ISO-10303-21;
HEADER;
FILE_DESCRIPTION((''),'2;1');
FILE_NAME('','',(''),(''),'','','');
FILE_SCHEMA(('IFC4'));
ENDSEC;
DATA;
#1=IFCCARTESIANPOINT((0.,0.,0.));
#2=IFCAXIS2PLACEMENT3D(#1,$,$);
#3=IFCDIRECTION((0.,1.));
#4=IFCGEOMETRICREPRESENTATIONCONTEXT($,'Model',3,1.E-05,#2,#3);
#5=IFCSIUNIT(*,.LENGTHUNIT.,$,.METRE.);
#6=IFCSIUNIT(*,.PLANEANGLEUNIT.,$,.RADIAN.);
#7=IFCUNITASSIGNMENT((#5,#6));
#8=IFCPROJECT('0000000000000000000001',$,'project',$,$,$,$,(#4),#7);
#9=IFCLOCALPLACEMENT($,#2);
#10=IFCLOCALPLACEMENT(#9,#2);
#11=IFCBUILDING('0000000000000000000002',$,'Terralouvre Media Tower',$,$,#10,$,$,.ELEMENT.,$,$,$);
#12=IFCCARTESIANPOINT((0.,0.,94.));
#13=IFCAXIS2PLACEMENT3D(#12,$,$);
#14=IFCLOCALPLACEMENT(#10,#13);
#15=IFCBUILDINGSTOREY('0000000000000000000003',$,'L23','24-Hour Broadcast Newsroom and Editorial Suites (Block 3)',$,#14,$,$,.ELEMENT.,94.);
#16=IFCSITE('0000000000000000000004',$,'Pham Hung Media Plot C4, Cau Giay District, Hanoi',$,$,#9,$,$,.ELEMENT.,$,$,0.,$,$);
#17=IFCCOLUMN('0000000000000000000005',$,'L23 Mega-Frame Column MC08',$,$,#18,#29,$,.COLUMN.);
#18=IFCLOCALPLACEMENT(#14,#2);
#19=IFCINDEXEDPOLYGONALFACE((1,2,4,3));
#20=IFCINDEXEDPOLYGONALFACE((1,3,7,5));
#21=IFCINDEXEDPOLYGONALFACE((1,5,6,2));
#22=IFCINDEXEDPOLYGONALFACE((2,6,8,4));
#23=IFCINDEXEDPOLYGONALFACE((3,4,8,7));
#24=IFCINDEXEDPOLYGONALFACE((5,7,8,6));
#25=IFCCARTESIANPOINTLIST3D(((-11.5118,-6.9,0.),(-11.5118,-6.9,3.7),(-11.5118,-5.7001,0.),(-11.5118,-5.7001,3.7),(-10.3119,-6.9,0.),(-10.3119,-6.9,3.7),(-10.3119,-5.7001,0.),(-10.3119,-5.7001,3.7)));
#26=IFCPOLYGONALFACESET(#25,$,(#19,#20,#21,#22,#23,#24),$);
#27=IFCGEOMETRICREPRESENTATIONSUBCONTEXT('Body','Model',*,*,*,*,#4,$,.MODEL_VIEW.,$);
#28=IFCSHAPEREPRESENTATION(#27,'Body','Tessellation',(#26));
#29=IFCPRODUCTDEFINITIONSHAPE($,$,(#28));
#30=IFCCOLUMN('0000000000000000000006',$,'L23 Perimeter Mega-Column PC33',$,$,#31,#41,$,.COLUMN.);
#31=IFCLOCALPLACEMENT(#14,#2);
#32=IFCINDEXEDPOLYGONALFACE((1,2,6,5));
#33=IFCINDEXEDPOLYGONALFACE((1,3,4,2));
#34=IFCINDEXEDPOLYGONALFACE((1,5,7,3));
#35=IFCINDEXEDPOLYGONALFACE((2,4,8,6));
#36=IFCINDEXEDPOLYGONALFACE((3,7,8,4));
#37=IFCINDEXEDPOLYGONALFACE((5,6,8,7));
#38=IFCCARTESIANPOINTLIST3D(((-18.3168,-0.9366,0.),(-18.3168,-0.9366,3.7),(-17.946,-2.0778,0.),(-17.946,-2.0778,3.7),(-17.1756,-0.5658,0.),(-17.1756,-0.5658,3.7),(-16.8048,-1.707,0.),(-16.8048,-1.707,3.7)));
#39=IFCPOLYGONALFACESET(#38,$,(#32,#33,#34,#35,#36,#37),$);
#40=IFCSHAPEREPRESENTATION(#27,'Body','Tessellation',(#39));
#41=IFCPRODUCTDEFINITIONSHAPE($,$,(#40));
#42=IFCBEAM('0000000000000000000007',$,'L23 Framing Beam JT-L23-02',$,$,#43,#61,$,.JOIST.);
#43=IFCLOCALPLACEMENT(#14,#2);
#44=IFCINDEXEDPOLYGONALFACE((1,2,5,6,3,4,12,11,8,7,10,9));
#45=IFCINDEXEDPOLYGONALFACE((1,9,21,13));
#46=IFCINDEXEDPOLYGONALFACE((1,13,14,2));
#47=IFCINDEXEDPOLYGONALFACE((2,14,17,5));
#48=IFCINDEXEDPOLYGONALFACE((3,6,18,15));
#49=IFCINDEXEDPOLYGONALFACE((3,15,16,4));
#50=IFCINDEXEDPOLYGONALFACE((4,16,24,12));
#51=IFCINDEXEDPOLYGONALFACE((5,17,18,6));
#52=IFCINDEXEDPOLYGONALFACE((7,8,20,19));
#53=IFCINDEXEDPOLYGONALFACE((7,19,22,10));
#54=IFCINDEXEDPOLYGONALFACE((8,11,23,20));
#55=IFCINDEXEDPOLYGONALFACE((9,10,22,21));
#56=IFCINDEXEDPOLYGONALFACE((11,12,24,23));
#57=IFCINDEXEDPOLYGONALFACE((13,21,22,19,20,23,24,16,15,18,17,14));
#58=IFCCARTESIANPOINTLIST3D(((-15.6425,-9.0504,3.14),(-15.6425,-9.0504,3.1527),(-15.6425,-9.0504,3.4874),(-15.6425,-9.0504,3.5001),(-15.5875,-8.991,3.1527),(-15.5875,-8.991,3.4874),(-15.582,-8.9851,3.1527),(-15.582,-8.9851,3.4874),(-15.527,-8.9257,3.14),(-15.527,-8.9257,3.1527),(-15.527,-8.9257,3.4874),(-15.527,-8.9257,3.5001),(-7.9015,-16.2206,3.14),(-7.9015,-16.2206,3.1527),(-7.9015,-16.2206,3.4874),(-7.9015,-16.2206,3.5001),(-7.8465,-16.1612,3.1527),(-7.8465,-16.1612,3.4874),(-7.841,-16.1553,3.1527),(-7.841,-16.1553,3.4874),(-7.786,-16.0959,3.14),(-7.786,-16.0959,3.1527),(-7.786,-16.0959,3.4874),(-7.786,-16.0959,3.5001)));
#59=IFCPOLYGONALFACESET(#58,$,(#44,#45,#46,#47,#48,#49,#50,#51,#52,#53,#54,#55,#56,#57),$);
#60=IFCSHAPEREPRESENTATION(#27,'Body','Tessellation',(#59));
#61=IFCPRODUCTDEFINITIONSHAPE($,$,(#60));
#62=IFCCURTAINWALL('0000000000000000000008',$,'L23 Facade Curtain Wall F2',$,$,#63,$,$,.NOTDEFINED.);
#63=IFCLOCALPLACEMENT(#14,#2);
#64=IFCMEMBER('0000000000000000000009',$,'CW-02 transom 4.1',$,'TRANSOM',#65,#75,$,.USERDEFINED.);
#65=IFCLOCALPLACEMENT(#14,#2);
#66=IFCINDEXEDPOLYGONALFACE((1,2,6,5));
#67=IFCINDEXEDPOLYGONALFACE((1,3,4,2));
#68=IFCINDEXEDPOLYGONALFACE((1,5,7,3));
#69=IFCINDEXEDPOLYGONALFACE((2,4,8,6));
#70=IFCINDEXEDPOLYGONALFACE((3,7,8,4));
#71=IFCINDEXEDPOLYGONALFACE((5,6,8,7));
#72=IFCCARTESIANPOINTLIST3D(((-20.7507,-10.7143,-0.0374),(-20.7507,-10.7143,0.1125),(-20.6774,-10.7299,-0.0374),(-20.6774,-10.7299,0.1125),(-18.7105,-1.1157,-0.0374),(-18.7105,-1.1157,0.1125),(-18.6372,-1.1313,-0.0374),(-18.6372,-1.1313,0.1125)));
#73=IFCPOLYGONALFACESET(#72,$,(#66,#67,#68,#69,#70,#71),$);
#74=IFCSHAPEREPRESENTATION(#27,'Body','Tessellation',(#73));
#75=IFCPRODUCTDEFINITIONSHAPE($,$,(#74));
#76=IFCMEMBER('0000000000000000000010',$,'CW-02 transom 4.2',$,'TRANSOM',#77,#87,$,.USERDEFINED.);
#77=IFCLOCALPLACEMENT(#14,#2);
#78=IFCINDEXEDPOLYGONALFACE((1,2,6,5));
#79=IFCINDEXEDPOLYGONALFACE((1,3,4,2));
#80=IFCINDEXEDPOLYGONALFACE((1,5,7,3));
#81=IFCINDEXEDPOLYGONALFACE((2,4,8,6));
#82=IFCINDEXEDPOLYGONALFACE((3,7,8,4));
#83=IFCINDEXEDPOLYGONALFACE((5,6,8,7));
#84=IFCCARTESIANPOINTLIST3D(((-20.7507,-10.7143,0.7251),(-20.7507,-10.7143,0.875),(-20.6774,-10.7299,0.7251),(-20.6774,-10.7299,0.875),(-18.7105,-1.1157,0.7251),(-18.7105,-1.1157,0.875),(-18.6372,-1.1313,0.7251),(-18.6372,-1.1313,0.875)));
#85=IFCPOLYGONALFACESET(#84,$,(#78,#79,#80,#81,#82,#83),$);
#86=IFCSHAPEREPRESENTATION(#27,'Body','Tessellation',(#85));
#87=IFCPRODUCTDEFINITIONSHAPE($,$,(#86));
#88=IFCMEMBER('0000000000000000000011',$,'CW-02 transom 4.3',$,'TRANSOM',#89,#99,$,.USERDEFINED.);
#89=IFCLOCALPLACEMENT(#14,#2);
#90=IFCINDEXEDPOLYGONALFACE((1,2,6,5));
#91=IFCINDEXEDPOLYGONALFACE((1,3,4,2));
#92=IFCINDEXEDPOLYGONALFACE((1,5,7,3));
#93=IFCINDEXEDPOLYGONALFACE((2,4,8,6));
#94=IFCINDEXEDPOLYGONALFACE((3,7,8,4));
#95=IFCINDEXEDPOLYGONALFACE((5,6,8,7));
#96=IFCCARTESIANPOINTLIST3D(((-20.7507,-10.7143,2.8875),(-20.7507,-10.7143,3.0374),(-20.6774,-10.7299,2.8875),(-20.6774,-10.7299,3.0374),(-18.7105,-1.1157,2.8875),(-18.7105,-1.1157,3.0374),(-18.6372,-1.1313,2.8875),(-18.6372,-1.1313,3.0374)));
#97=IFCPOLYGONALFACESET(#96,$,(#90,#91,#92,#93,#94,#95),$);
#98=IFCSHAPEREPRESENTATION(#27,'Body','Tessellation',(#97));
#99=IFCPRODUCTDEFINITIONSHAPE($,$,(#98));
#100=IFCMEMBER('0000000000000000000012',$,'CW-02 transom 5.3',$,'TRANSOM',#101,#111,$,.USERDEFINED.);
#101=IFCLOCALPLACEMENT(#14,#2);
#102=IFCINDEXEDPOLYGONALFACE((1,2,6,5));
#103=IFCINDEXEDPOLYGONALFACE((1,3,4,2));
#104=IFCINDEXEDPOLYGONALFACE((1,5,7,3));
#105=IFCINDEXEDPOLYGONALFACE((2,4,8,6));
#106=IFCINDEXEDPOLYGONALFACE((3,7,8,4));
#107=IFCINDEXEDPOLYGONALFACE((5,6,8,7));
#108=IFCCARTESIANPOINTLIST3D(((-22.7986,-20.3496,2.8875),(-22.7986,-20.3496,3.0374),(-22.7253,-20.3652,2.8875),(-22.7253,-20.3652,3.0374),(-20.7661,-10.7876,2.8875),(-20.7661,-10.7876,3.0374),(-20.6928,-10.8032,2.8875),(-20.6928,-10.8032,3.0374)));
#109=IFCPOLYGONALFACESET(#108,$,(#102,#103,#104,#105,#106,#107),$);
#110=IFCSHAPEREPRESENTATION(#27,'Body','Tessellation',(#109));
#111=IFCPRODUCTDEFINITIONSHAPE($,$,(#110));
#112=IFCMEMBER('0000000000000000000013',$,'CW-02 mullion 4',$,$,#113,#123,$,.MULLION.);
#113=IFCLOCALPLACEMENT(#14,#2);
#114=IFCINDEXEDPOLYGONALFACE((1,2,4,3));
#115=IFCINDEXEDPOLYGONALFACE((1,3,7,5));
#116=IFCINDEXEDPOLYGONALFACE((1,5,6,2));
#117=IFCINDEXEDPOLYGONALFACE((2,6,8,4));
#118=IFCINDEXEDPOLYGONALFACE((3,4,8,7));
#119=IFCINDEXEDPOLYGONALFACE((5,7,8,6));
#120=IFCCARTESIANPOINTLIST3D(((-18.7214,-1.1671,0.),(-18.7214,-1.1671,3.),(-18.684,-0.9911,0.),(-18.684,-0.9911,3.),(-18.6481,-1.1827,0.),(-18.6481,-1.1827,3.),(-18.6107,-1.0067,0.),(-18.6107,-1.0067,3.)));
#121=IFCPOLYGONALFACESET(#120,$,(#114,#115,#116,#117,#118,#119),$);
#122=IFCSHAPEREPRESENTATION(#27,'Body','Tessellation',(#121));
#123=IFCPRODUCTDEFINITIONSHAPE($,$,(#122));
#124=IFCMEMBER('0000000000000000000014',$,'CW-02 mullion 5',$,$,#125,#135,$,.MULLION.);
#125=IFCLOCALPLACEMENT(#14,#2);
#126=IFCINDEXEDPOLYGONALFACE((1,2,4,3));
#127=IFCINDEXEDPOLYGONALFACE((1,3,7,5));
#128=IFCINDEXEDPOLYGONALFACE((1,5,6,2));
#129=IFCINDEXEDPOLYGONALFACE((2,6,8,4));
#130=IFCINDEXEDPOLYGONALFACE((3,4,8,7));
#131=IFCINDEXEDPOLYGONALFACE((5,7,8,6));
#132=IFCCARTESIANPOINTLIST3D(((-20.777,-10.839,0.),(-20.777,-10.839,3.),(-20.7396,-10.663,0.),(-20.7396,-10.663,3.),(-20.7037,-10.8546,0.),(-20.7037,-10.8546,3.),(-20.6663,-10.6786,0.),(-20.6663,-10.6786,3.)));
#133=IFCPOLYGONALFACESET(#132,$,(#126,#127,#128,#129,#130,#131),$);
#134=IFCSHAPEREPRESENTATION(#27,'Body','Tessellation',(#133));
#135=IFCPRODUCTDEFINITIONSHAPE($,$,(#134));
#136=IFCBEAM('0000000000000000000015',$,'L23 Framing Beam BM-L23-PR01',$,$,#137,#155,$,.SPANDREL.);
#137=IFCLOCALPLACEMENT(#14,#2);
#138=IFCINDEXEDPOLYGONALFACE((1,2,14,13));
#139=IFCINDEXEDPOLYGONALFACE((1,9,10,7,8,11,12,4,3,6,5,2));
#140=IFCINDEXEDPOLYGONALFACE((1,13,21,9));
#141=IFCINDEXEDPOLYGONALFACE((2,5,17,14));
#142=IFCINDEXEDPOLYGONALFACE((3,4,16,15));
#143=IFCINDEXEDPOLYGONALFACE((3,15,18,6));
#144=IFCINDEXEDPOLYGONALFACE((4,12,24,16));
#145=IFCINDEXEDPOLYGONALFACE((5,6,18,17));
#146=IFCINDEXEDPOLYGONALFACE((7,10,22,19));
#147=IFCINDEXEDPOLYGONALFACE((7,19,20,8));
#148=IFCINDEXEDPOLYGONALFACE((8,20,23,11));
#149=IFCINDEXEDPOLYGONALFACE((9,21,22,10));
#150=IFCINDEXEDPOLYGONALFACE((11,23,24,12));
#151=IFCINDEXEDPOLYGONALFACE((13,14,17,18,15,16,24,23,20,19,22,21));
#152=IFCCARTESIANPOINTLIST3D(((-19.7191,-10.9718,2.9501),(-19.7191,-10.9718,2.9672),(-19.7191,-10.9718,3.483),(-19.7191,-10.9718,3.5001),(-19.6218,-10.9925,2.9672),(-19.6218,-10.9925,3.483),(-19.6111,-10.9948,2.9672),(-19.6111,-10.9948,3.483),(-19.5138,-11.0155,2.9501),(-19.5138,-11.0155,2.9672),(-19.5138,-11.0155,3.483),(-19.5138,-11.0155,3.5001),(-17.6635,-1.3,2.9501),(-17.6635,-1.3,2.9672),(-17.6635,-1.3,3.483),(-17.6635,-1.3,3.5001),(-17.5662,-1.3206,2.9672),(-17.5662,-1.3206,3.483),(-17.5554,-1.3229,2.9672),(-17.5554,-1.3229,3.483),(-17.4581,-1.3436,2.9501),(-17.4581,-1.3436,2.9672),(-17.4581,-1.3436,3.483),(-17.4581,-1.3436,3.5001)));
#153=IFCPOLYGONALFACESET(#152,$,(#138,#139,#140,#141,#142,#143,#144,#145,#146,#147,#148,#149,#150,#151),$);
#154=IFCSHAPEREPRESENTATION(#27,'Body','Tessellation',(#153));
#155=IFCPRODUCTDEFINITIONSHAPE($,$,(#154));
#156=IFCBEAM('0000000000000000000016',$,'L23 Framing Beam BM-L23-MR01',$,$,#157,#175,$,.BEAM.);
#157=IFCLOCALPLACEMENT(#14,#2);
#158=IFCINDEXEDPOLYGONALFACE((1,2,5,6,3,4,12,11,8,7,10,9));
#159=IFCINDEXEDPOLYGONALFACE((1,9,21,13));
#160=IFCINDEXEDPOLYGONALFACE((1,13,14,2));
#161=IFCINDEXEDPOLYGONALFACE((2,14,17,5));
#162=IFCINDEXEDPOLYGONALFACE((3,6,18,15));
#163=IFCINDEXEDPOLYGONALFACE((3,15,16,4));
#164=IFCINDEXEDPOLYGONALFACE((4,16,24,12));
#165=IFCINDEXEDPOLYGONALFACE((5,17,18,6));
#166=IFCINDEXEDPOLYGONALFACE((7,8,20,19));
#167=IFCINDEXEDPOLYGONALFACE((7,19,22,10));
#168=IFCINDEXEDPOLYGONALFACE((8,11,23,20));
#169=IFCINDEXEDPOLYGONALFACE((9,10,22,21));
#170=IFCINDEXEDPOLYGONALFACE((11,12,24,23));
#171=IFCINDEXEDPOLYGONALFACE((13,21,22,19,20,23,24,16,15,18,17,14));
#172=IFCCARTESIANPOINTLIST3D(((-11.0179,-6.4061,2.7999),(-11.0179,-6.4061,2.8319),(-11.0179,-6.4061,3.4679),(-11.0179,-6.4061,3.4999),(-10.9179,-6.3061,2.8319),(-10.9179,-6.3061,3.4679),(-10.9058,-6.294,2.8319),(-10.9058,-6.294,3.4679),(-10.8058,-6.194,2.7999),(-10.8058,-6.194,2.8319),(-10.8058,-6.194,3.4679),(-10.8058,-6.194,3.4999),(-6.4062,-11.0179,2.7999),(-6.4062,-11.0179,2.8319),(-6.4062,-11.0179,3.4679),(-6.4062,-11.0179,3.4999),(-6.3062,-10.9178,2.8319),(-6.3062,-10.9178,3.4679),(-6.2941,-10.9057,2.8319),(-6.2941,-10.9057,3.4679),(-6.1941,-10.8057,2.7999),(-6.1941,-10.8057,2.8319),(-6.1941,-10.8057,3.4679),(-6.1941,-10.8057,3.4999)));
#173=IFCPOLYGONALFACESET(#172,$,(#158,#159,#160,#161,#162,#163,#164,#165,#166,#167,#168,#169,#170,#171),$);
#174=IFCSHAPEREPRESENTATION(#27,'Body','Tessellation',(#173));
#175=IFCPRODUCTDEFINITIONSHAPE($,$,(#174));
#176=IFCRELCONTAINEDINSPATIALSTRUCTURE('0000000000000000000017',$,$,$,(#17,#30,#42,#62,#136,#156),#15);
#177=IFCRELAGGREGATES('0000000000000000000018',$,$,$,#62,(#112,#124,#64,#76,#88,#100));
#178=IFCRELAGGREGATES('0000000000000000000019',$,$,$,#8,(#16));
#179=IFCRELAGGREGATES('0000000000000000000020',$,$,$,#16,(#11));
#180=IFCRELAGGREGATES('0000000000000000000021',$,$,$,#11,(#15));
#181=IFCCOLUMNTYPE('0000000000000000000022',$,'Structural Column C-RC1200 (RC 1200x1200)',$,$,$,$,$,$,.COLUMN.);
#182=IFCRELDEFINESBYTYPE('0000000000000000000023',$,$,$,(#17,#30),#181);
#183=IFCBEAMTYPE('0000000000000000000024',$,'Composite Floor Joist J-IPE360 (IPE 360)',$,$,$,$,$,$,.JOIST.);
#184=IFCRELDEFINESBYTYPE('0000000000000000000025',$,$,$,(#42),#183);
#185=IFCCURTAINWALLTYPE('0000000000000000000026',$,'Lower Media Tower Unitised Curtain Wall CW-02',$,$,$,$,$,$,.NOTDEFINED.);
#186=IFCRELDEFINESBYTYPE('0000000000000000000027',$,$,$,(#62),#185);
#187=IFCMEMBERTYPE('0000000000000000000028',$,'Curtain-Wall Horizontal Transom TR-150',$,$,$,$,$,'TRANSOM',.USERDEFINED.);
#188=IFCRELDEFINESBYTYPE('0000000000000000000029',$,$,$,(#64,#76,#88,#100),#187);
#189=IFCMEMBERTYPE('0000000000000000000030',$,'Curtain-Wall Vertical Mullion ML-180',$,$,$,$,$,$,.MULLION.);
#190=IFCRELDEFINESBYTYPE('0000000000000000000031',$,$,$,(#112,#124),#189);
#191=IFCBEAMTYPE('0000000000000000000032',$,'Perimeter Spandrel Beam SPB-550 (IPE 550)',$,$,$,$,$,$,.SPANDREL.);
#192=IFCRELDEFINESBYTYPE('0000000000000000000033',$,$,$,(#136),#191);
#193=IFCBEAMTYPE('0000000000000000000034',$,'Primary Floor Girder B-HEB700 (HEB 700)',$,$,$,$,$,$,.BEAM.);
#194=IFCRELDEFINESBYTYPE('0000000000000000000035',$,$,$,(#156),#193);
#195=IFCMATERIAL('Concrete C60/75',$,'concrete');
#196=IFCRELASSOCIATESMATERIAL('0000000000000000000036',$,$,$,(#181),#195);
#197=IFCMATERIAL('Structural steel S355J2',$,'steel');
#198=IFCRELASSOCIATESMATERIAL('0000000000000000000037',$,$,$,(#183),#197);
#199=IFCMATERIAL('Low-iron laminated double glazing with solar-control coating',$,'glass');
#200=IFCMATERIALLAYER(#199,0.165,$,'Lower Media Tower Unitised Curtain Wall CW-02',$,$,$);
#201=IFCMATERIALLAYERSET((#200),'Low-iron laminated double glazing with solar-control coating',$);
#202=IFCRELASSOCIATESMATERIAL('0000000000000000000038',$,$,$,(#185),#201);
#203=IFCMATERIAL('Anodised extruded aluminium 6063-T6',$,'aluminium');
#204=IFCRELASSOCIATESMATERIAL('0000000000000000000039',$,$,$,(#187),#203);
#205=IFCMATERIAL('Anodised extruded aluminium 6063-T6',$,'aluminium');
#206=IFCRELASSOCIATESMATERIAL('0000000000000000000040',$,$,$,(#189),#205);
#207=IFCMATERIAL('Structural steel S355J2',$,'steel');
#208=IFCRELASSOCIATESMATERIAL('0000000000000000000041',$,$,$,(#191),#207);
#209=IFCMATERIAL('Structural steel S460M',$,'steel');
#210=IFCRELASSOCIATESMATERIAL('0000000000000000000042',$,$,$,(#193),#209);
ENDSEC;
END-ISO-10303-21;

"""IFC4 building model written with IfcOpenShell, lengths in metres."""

from ifc_helpers import new_model, si_unit, direction, frame, origin, origin_2d, place, context, subcontext, project, spatial, rectangle, i_section, extrude, material, layer, layer_set, material_profile, profile_set, type_object, element, aggregate, save


model = new_model("IFC4")

# Units and contexts
model_context = context("Model", 3, precision=1e-05, world=origin(), true_north=direction((0.0, 1.0)))
body_context = subcontext(model_context, "Body", "Model", "MODEL_VIEW")
ifc_project = project(units=[si_unit("LENGTHUNIT", "METRE"), si_unit("PLANEANGLEUNIT", "RADIAN")], contexts=[model_context])

# Site, building, storey
site_placement = place(None, origin())
site = spatial("IfcSite", under=ifc_project, at=site_placement, Name="Pham Hung Media Plot C4, Cau Giay District, Hanoi", CompositionType="ELEMENT", RefElevation=0.0)
building_placement = place(site_placement, origin())
building = spatial("IfcBuilding", under=site, at=building_placement, Name="Terralouvre Media Tower", CompositionType="ELEMENT")
storey_placement = place(building_placement, frame((0.0, 0.0, 94.0)))
storey = spatial("IfcBuildingStorey", under=building, at=storey_placement, Name="L23", Description="24-Hour Broadcast Newsroom and Editorial Suites (Block 3)", CompositionType="ELEMENT", Elevation=94.0)

# Columns
ifc_material_1 = material(Name="Concrete C60/75", Category="concrete")
ifc_material_profile_1 = material_profile(ifc_material_1, rectangle(XDim=1.2, YDim=1.2, at=origin_2d()), Name="RC 1200x1200")
ifc_profile_set_1 = profile_set([ifc_material_profile_1], Name="Concrete C60/75")
column_type = type_object("IfcColumnType", Name="Structural Column C-RC1200 (RC 1200x1200)", PredefinedType="COLUMN", material=ifc_profile_set_1)
for number, where, z_axis, x_axis, name in (
    (1, (-10.9119, -6.3, 0.0), (0.0, 0.0, 1.0), (1.0, 0.0, 0.0), "L23 Mega-Frame Column MC08"),
    (2, (-17.5608, -1.3218, 0.0), (0.0, 0.0, 1.0), (0.951057, 0.309017, 0.0), "L23 Perimeter Mega-Column PC33"),
):
    element("IfcColumn", number, at=place(storey_placement, frame(where, z_axis=z_axis, x_axis=x_axis)), inside=storey, type_object=column_type, Name=name, PredefinedType="COLUMN", context=body_context, shape_type="SweptSolid", body=[
        extrude(rectangle(XDim=1.2, YDim=1.2, at=origin_2d()), origin(), (0.0, 0.0, 1.0), 3.7),
    ])

# Beam
ifc_material_2 = material(Name="Structural steel S355J2", Category="steel")
ifc_material_profile_2 = material_profile(ifc_material_2, i_section(OverallWidth=0.1699, OverallDepth=0.3601, WebThickness=0.0081, FlangeThickness=0.0127, at=origin_2d()), Name="IPE 360")
ifc_profile_set_2 = profile_set([ifc_material_profile_2], Name="Structural steel S355J2")
beam_type_1 = type_object("IfcBeamType", Name="Composite Floor Joist J-IPE360 (IPE 360)", PredefinedType="JOIST", material=ifc_profile_set_2)
beam_1_placement = place(storey_placement, frame((-15.5847, -8.988, 3.3201), z_axis=(0.733638, -0.679541, 0.0), x_axis=(0.679541, 0.733638, 0.0)))
element("IfcBeam", 3, at=beam_1_placement, inside=storey, type_object=beam_type_1, Name="L23 Framing Beam JT-L23-02", PredefinedType="JOIST", context=body_context, shape_type="SweptSolid", body=[
    extrude(i_section(OverallWidth=0.1699, OverallDepth=0.3601, WebThickness=0.0081, FlangeThickness=0.0127, at=origin_2d()), origin(), (0.0, 0.0, 1.0), 10.5515),
])

# Curtain wall, members
ifc_material_3 = material(Name="Low-iron laminated double glazing with solar-control coating", Category="glass")
ifc_layer_1 = layer(ifc_material_3, 0.165, Name="Lower Media Tower Unitised Curtain Wall CW-02")
ifc_layer_set_1 = layer_set([ifc_layer_1], Name="Low-iron laminated double glazing with solar-control coating")
curtain_wall_type = type_object("IfcCurtainWallType", Name="Lower Media Tower Unitised Curtain Wall CW-02", PredefinedType="NOTDEFINED", material=ifc_layer_set_1)
curtain_wall_placement = place(storey_placement, origin())
curtain_wall = element("IfcCurtainWall", 4, at=curtain_wall_placement, inside=storey, type_object=curtain_wall_type, Name="L23 Facade Curtain Wall F2", PredefinedType="NOTDEFINED")
ifc_material_4 = material(Name="Anodised extruded aluminium 6063-T6", Category="aluminium")
ifc_material_profile_3 = material_profile(ifc_material_4, rectangle(XDim=0.075, YDim=0.1499, at=origin_2d()), Name="ALU 75x150")
ifc_profile_set_3 = profile_set([ifc_material_profile_3], Name="Anodised extruded aluminium 6063-T6")
member_type_1 = type_object("IfcMemberType", Name="Curtain-Wall Horizontal Transom TR-150", ElementType="TRANSOM", PredefinedType="USERDEFINED", material=ifc_profile_set_3)
member_1_placement = place(storey_placement, frame((-18.6738, -1.1235, 0.0376), z_axis=(-0.207915, -0.978147, 0.0), x_axis=(0.978147, -0.207915, 0.0)))
member_1 = element("IfcMember", 5, at=member_1_placement, type_object=member_type_1, Name="CW-02 transom 4.1", ObjectType="TRANSOM", PredefinedType="USERDEFINED", context=body_context, shape_type="SweptSolid", body=[
    extrude(rectangle(XDim=0.075, YDim=0.1499, at=origin_2d()), origin(), (0.0, 0.0, 1.0), 9.813),
])
member_2_placement = place(storey_placement, frame((-18.6738, -1.1235, 0.8), z_axis=(-0.207915, -0.978147, 0.0), x_axis=(0.978147, -0.207915, 0.0)))
member_2 = element("IfcMember", 6, at=member_2_placement, type_object=member_type_1, Name="CW-02 transom 4.2", ObjectType="TRANSOM", PredefinedType="USERDEFINED", context=body_context, shape_type="SweptSolid", body=[
    extrude(rectangle(XDim=0.075, YDim=0.1499, at=origin_2d()), origin(), (0.0, 0.0, 1.0), 9.813),
])
member_3_placement = place(storey_placement, frame((-18.6738, -1.1235, 2.9624), z_axis=(-0.207915, -0.978147, 0.0), x_axis=(0.978147, -0.207915, 0.0)))
member_3 = element("IfcMember", 7, at=member_3_placement, type_object=member_type_1, Name="CW-02 transom 4.3", ObjectType="TRANSOM", PredefinedType="USERDEFINED", context=body_context, shape_type="SweptSolid", body=[
    extrude(rectangle(XDim=0.075, YDim=0.1499, at=origin_2d()), origin(), (0.0, 0.0, 1.0), 9.813),
])
member_4_placement = place(storey_placement, frame((-20.7295, -10.7954, 2.9624), z_axis=(-0.207912, -0.978148, 0.0), x_axis=(0.978148, -0.207912, 0.0)))
member_4 = element("IfcMember", 8, at=member_4_placement, type_object=member_type_1, Name="CW-02 transom 5.3", ObjectType="TRANSOM", PredefinedType="USERDEFINED", context=body_context, shape_type="SweptSolid", body=[
    extrude(rectangle(XDim=0.075, YDim=0.1499, at=origin_2d()), origin(), (0.0, 0.0, 1.0), 9.7756),
])
ifc_material_5 = material(Name="Anodised extruded aluminium 6063-T6", Category="aluminium")
ifc_material_profile_4 = material_profile(ifc_material_5, rectangle(XDim=0.075, YDim=0.1799, at=origin_2d()), Name="ALU 75x180")
ifc_profile_set_4 = profile_set([ifc_material_profile_4], Name="Anodised extruded aluminium 6063-T6")
member_type_2 = type_object("IfcMemberType", Name="Curtain-Wall Vertical Mullion ML-180", PredefinedType="MULLION", material=ifc_profile_set_4)
member_5_placement = place(storey_placement, frame((-18.666, -1.0869, 0.0), z_axis=(0.0, 0.0, 1.0), x_axis=(0.978148, -0.207912, 0.0)))
member_5 = element("IfcMember", 9, at=member_5_placement, type_object=member_type_2, Name="CW-02 mullion 4", PredefinedType="MULLION", context=body_context, shape_type="SweptSolid", body=[
    extrude(rectangle(XDim=0.075, YDim=0.1799, at=origin_2d()), origin(), (0.0, 0.0, 1.0), 3.0),
])
member_6_placement = place(storey_placement, frame((-20.7217, -10.7588, 0.0), z_axis=(0.0, 0.0, 1.0), x_axis=(0.978148, -0.207912, 0.0)))
member_6 = element("IfcMember", 10, at=member_6_placement, type_object=member_type_2, Name="CW-02 mullion 5", PredefinedType="MULLION", context=body_context, shape_type="SweptSolid", body=[
    extrude(rectangle(XDim=0.075, YDim=0.1799, at=origin_2d()), origin(), (0.0, 0.0, 1.0), 3.0),
])

# Beams
ifc_material_6 = material(Name="Structural steel S355J2", Category="steel")
ifc_material_profile_5 = material_profile(ifc_material_6, i_section(OverallWidth=0.21, OverallDepth=0.55, WebThickness=0.011, FlangeThickness=0.0171, at=origin_2d()), Name="IPE 550")
ifc_profile_set_5 = profile_set([ifc_material_profile_5], Name="Structural steel S355J2")
beam_type_2 = type_object("IfcBeamType", Name="Perimeter Spandrel Beam SPB-550 (IPE 550)", PredefinedType="SPANDREL", material=ifc_profile_set_5)
beam_2_placement = place(storey_placement, frame((-17.5608, -1.3218, 3.2251), z_axis=(-0.207897, -0.978151, 0.0), x_axis=(0.978151, -0.207897, 0.0)))
element("IfcBeam", 11, at=beam_2_placement, inside=storey, type_object=beam_type_2, Name="L23 Framing Beam BM-L23-PR01", PredefinedType="SPANDREL", context=body_context, shape_type="SweptSolid", body=[
    extrude(i_section(OverallWidth=0.21, OverallDepth=0.55, WebThickness=0.011, FlangeThickness=0.0171, at=origin_2d()), origin(), (0.0, 0.0, 1.0), 9.8879),
])
ifc_material_7 = material(Name="Structural steel S460M", Category="steel")
ifc_material_profile_6 = material_profile(ifc_material_7, i_section(OverallWidth=0.3, OverallDepth=0.7, WebThickness=0.0171, FlangeThickness=0.032, at=origin_2d()), Name="HEB 700")
ifc_profile_set_6 = profile_set([ifc_material_profile_6], Name="Structural steel S460M")
beam_type_3 = type_object("IfcBeamType", Name="Primary Floor Girder B-HEB700 (HEB 700)", PredefinedType="BEAM", material=ifc_profile_set_6)
beam_3_placement = place(storey_placement, frame((-10.9119, -6.3, 3.1499), z_axis=(0.707107, -0.707107, 0.0), x_axis=(0.707107, 0.707107, 0.0)))
element("IfcBeam", 12, at=beam_3_placement, inside=storey, type_object=beam_type_3, Name="L23 Framing Beam BM-L23-MR01", PredefinedType="BEAM", context=body_context, shape_type="SweptSolid", body=[
    extrude(i_section(OverallWidth=0.3, OverallDepth=0.7, WebThickness=0.0171, FlangeThickness=0.032, at=origin_2d()), origin(), (0.0, 0.0, 1.0), 6.522),
])

aggregate(curtain_wall, [member_5, member_6, member_1, member_2, member_3, member_4])

save(model, "model.ifc")
